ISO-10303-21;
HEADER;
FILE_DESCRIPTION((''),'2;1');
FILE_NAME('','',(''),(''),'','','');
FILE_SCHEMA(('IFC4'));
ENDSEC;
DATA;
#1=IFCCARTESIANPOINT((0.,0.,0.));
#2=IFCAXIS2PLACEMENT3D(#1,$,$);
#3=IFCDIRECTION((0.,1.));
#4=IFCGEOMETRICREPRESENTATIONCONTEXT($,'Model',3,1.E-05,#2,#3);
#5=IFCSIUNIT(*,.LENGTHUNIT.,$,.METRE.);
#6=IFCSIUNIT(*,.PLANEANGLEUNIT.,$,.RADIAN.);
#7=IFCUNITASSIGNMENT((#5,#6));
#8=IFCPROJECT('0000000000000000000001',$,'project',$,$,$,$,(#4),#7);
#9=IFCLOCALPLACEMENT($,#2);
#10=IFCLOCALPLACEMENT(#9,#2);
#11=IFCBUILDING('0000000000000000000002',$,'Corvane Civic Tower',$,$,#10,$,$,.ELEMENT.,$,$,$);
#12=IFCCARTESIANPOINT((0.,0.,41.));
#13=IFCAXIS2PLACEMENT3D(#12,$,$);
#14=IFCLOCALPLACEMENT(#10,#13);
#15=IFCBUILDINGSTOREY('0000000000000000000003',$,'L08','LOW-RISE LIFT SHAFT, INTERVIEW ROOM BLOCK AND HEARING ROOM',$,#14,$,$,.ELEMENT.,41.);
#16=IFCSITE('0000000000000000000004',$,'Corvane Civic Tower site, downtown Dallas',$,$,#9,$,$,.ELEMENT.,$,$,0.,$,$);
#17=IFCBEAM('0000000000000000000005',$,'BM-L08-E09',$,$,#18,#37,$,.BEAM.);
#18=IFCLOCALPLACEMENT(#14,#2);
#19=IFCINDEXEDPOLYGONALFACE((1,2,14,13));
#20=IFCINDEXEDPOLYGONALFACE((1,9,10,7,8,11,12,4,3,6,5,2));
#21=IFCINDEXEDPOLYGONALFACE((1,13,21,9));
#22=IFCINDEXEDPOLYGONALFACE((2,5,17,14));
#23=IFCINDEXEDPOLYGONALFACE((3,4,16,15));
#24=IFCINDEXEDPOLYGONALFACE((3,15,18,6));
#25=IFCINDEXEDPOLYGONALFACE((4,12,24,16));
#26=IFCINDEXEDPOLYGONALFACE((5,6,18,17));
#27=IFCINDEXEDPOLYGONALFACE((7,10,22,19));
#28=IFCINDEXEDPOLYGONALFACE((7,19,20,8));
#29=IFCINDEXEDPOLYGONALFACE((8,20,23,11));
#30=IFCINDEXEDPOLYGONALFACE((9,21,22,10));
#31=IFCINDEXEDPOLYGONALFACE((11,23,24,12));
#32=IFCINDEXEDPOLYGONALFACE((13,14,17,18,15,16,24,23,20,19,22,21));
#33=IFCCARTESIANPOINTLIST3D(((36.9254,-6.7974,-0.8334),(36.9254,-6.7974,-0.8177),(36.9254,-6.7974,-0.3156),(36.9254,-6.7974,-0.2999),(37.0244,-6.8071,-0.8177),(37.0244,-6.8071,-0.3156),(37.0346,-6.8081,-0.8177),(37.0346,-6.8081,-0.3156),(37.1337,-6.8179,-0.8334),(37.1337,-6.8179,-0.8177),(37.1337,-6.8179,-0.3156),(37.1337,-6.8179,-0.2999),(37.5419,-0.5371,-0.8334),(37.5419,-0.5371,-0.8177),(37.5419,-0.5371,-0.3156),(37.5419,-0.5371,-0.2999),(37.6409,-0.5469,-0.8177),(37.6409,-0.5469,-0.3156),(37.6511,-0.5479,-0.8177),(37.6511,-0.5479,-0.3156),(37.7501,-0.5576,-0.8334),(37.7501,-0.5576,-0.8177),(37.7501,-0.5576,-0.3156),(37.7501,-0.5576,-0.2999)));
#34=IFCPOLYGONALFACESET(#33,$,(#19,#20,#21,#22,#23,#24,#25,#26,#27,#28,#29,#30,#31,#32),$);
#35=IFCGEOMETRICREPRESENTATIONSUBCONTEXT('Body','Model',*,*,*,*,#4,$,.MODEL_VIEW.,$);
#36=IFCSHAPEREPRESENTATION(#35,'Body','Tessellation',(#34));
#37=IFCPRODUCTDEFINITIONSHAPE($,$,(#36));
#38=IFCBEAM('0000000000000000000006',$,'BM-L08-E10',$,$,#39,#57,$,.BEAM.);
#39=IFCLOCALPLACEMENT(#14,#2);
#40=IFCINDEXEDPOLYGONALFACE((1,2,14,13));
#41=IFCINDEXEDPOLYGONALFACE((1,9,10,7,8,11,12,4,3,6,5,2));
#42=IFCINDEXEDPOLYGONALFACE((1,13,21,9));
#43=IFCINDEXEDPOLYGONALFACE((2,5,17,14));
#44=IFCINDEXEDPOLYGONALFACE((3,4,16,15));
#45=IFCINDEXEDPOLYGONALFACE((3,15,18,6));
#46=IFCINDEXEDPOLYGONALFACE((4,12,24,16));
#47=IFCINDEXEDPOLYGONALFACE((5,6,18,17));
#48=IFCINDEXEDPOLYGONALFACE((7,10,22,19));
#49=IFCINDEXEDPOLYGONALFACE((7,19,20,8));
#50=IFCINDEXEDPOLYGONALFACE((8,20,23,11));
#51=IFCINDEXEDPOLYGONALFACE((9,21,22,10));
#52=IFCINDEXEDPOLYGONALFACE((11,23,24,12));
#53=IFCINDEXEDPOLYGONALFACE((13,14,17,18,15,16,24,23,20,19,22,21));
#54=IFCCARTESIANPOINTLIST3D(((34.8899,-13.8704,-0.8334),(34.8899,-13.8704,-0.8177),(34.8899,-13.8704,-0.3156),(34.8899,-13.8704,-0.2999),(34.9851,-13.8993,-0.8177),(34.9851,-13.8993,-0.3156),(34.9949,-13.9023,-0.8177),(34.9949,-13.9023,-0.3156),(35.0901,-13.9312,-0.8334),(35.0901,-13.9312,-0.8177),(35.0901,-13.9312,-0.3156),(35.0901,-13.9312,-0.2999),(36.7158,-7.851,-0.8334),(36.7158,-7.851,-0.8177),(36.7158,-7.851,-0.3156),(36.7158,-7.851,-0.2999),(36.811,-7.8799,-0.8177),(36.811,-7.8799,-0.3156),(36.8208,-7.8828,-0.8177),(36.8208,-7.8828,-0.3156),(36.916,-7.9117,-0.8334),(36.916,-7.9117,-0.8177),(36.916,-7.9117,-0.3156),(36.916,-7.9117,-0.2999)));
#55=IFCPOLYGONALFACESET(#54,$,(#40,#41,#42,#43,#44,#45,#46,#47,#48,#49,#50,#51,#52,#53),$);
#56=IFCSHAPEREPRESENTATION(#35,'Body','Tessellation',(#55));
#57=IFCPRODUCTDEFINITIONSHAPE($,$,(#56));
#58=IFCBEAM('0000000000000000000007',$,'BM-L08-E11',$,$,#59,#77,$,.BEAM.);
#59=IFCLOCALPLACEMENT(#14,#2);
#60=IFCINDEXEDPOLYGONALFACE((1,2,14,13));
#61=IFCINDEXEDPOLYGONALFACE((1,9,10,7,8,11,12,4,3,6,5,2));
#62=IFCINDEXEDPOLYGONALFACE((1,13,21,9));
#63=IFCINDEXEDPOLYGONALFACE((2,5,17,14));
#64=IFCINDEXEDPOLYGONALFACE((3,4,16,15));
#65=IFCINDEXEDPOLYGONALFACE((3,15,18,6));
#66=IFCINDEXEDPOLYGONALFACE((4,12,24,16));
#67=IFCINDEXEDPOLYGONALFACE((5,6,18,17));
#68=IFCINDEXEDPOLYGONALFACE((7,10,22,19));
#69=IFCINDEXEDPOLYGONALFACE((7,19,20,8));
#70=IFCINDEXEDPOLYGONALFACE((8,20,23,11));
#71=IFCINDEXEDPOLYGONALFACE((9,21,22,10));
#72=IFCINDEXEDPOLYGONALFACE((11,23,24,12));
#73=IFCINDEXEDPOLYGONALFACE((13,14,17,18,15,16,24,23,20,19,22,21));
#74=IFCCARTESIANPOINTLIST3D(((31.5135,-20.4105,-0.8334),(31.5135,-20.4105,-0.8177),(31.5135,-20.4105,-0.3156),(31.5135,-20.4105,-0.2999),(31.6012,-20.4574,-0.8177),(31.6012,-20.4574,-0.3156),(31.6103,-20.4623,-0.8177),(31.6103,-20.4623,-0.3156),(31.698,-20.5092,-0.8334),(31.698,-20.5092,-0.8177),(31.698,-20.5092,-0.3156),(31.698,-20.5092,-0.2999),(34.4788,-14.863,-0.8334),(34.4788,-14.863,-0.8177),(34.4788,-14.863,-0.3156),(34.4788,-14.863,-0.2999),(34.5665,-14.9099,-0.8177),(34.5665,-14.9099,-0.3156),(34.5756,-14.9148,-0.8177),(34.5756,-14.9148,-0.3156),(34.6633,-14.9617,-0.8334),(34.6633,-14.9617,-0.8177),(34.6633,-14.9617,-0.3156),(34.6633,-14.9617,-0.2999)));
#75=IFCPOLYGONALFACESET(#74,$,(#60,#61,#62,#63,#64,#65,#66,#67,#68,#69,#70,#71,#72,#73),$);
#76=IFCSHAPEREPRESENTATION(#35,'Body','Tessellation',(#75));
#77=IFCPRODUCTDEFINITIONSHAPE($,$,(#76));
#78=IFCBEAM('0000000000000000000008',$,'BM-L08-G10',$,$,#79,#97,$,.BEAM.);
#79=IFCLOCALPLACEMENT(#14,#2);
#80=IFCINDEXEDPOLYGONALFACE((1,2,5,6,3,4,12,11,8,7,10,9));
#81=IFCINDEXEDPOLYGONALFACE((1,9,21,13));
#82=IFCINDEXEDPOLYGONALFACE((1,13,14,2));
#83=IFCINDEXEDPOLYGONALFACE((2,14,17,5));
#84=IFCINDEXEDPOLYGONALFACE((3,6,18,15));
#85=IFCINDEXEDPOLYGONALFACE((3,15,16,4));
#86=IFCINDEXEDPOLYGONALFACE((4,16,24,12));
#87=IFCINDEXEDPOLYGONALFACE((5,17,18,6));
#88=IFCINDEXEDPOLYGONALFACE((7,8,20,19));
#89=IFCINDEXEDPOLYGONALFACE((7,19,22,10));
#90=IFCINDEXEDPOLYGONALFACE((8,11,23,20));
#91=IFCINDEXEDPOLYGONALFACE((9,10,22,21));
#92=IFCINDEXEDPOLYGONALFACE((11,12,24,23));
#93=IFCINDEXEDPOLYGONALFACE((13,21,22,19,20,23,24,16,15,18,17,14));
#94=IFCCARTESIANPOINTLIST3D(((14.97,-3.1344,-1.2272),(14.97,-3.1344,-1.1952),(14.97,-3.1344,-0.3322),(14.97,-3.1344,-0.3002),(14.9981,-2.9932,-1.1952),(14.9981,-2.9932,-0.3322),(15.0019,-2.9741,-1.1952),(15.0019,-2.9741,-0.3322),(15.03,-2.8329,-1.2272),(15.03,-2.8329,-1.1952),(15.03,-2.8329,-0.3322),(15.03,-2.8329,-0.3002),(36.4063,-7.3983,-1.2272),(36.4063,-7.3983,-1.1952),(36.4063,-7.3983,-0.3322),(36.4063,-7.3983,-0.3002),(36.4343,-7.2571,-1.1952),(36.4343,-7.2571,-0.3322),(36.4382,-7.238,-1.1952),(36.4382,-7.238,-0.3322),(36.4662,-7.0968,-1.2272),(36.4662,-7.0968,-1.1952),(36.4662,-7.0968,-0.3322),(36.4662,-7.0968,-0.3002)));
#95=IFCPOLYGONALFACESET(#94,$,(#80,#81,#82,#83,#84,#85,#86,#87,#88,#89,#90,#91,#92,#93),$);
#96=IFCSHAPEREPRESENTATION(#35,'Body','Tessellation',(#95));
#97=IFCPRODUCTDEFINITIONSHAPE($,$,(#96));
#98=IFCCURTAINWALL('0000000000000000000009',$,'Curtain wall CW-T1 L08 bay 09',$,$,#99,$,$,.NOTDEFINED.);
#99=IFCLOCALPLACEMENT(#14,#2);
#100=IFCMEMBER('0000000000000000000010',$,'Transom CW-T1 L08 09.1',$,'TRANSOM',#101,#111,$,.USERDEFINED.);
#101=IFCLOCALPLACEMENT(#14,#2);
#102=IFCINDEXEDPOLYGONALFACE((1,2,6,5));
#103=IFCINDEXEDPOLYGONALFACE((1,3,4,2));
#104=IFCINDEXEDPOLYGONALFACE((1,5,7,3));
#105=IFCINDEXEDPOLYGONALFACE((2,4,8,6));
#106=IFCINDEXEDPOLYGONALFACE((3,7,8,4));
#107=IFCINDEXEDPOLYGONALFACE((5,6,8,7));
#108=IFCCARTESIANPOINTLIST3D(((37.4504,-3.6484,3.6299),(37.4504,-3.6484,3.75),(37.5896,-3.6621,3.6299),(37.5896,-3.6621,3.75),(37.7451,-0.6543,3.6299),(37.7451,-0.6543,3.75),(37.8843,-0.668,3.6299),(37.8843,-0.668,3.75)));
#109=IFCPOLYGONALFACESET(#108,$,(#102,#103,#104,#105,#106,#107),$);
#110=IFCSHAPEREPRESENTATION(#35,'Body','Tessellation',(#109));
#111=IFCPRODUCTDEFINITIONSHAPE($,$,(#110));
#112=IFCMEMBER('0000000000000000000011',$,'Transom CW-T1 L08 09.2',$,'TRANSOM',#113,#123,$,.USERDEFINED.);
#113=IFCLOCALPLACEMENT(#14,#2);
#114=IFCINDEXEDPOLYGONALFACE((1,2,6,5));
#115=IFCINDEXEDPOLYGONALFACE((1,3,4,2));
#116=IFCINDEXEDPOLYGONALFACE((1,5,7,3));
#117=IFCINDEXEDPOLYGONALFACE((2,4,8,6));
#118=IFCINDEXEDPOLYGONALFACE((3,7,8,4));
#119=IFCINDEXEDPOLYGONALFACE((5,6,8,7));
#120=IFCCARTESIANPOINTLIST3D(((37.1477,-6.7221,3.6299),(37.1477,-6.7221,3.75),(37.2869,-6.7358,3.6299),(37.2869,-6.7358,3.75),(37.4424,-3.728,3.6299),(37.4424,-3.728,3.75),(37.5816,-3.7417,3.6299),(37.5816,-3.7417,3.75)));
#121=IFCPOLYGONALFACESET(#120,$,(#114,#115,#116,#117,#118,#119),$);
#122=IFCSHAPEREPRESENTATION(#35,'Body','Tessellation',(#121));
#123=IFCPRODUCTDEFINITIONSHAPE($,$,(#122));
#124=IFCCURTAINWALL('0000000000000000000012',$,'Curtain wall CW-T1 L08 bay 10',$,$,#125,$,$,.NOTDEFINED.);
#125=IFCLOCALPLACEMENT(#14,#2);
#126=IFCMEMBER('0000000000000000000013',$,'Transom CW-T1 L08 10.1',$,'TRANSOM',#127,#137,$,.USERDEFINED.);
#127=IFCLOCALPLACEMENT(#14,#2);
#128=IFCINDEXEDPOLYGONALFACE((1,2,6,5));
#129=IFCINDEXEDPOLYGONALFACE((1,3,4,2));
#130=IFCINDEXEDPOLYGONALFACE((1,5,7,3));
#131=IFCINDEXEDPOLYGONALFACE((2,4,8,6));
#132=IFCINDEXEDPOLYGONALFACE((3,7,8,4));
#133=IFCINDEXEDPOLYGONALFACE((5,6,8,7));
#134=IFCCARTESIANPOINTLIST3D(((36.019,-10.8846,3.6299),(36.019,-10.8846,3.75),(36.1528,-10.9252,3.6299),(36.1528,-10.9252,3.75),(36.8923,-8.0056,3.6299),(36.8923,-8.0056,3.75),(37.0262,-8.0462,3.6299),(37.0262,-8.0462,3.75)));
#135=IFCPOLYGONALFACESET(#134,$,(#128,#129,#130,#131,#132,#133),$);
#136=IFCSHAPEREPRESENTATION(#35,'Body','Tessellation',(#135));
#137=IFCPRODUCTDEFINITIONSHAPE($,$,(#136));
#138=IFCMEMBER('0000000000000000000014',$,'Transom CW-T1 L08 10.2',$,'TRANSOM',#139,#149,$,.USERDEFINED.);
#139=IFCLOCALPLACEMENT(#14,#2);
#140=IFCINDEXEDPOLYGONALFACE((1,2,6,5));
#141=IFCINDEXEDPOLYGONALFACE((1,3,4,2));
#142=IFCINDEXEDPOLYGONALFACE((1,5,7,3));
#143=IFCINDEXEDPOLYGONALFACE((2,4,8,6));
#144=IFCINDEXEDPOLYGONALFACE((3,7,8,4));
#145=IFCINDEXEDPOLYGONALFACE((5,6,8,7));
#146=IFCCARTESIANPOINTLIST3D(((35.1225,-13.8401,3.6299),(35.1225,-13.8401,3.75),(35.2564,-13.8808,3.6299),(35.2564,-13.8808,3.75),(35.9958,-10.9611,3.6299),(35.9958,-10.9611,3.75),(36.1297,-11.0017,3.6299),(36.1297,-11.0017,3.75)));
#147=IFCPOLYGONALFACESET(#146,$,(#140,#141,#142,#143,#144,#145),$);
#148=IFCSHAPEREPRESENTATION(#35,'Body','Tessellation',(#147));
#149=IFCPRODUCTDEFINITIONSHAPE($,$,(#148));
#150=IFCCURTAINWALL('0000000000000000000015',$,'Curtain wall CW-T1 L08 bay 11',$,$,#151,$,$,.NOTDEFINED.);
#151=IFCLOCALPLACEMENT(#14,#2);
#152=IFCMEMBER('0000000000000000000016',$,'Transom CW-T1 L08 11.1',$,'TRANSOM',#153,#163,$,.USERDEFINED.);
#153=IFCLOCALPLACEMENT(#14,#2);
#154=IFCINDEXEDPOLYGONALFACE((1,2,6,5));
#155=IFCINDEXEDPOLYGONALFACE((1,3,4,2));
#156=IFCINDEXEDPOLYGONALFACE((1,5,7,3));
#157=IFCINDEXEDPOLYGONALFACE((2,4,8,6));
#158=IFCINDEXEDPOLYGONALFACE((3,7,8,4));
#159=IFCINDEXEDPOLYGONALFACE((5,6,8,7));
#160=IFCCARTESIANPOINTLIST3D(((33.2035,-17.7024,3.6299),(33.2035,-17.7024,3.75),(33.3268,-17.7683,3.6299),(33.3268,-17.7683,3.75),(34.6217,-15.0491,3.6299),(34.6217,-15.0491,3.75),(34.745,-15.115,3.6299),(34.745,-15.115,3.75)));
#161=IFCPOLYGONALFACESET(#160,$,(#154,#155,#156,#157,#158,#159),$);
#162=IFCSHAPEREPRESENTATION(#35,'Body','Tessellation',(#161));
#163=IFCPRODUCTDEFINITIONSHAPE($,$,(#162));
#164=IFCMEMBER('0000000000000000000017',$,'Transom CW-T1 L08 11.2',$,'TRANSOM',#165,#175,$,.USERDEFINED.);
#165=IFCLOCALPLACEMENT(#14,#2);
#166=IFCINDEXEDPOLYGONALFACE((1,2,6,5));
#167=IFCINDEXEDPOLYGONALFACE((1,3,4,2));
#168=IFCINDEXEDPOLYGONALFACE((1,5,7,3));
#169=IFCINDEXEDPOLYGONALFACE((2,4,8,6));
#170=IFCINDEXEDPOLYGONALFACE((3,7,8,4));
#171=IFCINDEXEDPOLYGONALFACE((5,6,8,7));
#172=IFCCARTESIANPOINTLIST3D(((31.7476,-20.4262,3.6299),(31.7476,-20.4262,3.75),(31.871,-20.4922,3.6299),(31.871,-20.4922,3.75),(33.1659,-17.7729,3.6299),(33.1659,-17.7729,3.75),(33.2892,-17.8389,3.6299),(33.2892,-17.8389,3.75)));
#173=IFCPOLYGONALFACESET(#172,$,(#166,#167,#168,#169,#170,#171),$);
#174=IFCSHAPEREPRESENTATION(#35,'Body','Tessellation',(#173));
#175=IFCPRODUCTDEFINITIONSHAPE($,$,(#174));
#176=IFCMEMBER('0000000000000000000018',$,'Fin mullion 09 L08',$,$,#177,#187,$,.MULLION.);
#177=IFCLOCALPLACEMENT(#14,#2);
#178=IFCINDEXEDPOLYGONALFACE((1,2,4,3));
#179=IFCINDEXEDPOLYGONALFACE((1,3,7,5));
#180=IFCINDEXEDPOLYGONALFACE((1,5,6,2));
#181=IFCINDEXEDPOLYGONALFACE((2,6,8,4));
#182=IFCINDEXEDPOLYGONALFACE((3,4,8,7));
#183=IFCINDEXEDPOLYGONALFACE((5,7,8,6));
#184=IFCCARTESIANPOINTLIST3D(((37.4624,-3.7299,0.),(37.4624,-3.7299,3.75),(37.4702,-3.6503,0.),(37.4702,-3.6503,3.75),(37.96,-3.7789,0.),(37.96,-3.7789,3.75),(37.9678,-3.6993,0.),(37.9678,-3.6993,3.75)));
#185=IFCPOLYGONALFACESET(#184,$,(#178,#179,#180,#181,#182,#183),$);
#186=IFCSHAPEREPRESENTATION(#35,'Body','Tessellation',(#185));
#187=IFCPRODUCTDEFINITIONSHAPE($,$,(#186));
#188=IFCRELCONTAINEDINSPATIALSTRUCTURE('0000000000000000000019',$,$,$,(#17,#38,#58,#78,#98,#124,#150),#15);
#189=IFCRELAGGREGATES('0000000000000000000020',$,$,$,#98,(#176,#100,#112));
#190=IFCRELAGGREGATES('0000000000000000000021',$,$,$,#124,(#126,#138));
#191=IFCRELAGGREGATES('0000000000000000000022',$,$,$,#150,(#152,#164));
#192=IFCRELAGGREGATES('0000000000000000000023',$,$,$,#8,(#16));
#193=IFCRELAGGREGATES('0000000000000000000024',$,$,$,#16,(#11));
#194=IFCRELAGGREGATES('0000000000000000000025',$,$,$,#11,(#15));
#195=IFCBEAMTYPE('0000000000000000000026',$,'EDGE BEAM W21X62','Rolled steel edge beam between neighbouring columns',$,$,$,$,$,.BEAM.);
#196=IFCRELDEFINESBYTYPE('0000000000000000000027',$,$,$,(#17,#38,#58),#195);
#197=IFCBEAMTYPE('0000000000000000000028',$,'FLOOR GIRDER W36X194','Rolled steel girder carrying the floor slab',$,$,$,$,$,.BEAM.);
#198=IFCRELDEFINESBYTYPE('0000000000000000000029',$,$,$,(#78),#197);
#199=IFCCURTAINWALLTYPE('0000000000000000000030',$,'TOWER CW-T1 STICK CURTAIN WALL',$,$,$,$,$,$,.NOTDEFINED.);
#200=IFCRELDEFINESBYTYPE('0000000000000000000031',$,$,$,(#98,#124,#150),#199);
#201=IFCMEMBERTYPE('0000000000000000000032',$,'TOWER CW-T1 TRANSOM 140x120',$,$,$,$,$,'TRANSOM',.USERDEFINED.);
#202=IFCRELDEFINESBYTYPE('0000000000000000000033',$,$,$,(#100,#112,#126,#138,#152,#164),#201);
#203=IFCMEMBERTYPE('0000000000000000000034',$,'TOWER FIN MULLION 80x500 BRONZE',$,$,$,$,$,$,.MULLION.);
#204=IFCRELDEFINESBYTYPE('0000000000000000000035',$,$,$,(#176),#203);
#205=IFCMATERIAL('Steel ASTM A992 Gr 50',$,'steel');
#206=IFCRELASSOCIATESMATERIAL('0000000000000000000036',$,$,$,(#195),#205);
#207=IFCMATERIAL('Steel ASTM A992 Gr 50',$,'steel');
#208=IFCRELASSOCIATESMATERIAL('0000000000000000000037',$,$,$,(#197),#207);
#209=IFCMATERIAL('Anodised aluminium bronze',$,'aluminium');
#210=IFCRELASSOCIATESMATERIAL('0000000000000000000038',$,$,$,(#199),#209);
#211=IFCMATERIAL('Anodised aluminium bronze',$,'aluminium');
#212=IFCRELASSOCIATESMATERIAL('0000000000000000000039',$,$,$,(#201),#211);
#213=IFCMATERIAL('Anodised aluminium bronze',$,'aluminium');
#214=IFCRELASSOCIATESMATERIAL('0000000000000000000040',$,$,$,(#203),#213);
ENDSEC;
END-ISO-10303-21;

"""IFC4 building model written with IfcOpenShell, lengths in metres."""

from ifc_helpers import new_model, si_unit, direction, frame, origin, origin_2d, place, context, subcontext, project, spatial, rectangle, i_section, extrude, material, material_profile, profile_set, type_object, element, aggregate, save


model = new_model("IFC4")

# Units and contexts
model_context = context("Model", 3, precision=1e-05, world=origin(), true_north=direction((0.0, 1.0)))
body_context = subcontext(model_context, "Body", "Model", "MODEL_VIEW")
ifc_project = project(units=[si_unit("LENGTHUNIT", "METRE"), si_unit("PLANEANGLEUNIT", "RADIAN")], contexts=[model_context])

# Site, building, storey
site_placement = place(None, origin())
site = spatial("IfcSite", under=ifc_project, at=site_placement, Name="Corvane Civic Tower site, downtown Dallas", CompositionType="ELEMENT", RefElevation=0.0)
building_placement = place(site_placement, origin())
building = spatial("IfcBuilding", under=site, at=building_placement, Name="Corvane Civic Tower", CompositionType="ELEMENT")
storey_placement = place(building_placement, frame((0.0, 0.0, 41.0)))
storey = spatial("IfcBuildingStorey", under=building, at=storey_placement, Name="L08", Description="LOW-RISE LIFT SHAFT, INTERVIEW ROOM BLOCK AND HEARING ROOM", CompositionType="ELEMENT", Elevation=41.0)

# Beams
ifc_material_1 = material(Name="Steel ASTM A992 Gr 50", Category="steel")
ifc_material_profile_1 = material_profile(ifc_material_1, i_section(OverallWidth=0.2092, OverallDepth=0.5334, WebThickness=0.0103, FlangeThickness=0.0156, at=origin_2d()), Name="W21X62")
ifc_profile_set_1 = profile_set([ifc_material_profile_1], Name="Steel ASTM A992 Gr 50")
beam_type_1 = type_object("IfcBeamType", Name="EDGE BEAM W21X62", Description="Rolled steel edge beam between neighbouring columns", PredefinedType="BEAM", material=ifc_profile_set_1)
beam_1_placement = place(storey_placement, frame((37.646, -0.5474, -0.5667), z_axis=(-0.097997, -0.995187, 0.0), x_axis=(0.995187, -0.097997, 0.0)))
element("IfcBeam", 1, at=beam_1_placement, inside=storey, type_object=beam_type_1, Name="BM-L08-E09", PredefinedType="BEAM", context=body_context, shape_type="SweptSolid", body=[
    extrude(i_section(OverallWidth=0.2092, OverallDepth=0.5334, WebThickness=0.0103, FlangeThickness=0.0156, at=origin_2d()), origin(), (0.0, 0.0, 1.0), 6.2905),
])
for number, where, z_axis, x_axis, name in (
    (2, (36.8159, -7.8813, -0.5667), (-0.290273, -0.956944, 0.0), (0.956944, -0.290273, 0.0), "BM-L08-E10"),
    (3, (34.571, -14.9124, -0.5667), (-0.471406, -0.881916, 0.0), (0.881916, -0.471406, 0.0), "BM-L08-E11"),
):
    element("IfcBeam", number, at=place(storey_placement, frame(where, z_axis=z_axis, x_axis=x_axis)), inside=storey, type_object=beam_type_1, Name=name, PredefinedType="BEAM", context=body_context, shape_type="SweptSolid", body=[
        extrude(i_section(OverallWidth=0.2092, OverallDepth=0.5334, WebThickness=0.0103, FlangeThickness=0.0156, at=origin_2d()), origin(), (0.0, 0.0, 1.0), 6.2903),
    ])
ifc_material_2 = material(Name="Steel ASTM A992 Gr 50", Category="steel")
ifc_material_profile_2 = material_profile(ifc_material_2, i_section(OverallWidth=0.3074, OverallDepth=0.927, WebThickness=0.0195, FlangeThickness=0.032, at=origin_2d()), Name="W36X194")
ifc_profile_set_2 = profile_set([ifc_material_profile_2], Name="Steel ASTM A992 Gr 50")
beam_type_2 = type_object("IfcBeamType", Name="FLOOR GIRDER W36X194", Description="Rolled steel girder carrying the floor slab", PredefinedType="BEAM", material=ifc_profile_set_2)
beam_2_placement = place(storey_placement, frame((15.0, -2.9836, -0.7637), z_axis=(0.980785, -0.195089, 0.0), x_axis=(0.195089, 0.980785, 0.0)))
element("IfcBeam", 4, at=beam_2_placement, inside=storey, type_object=beam_type_2, Name="BM-L08-G10", PredefinedType="BEAM", context=body_context, shape_type="SweptSolid", body=[
    extrude(i_section(OverallWidth=0.3074, OverallDepth=0.927, WebThickness=0.0195, FlangeThickness=0.032, at=origin_2d()), origin(), (0.0, 0.0, 1.0), 21.8562),
])

# Curtain walls, members
ifc_material_3 = material(Name="Anodised aluminium bronze", Category="aluminium")
curtain_wall_type = type_object("IfcCurtainWallType", Name="TOWER CW-T1 STICK CURTAIN WALL", PredefinedType="NOTDEFINED", material=ifc_material_3)
curtain_wall_1_placement = place(storey_placement, origin())
curtain_wall_1 = element("IfcCurtainWall", 5, at=curtain_wall_1_placement, inside=storey, type_object=curtain_wall_type, Name="Curtain wall CW-T1 L08 bay 09", PredefinedType="NOTDEFINED")
ifc_material_4 = material(Name="Anodised aluminium bronze", Category="aluminium")
ifc_material_profile_3 = material_profile(ifc_material_4, rectangle(XDim=0.1399, YDim=0.1201, at=origin_2d()), Name="TOWER CW-T1 TRANSOM 140x120")
ifc_profile_set_3 = profile_set([ifc_material_profile_3], Name="Anodised aluminium bronze")
member_type_1 = type_object("IfcMemberType", Name="TOWER CW-T1 TRANSOM 140x120", ElementType="TRANSOM", PredefinedType="USERDEFINED", material=ifc_profile_set_3)
member_1_placement = place(storey_placement, frame((37.8147, -0.6611, 3.6899), z_axis=(-0.097945, -0.995192, 0.0), x_axis=(0.995192, -0.097945, 0.0)))
member_1 = element("IfcMember", 6, at=member_1_placement, type_object=member_type_1, Name="Transom CW-T1 L08 09.1", ObjectType="TRANSOM", PredefinedType="USERDEFINED", context=body_context, shape_type="SweptSolid", body=[
    extrude(rectangle(XDim=0.1399, YDim=0.1201, at=origin_2d()), origin(), (0.0, 0.0, 1.0), 3.0085),
])
member_2_placement = place(storey_placement, frame((37.512, -3.7349, 3.6899), z_axis=(-0.097945, -0.995192, 0.0), x_axis=(0.995192, -0.097945, 0.0)))
member_2 = element("IfcMember", 7, at=member_2_placement, type_object=member_type_1, Name="Transom CW-T1 L08 09.2", ObjectType="TRANSOM", PredefinedType="USERDEFINED", context=body_context, shape_type="SweptSolid", body=[
    extrude(rectangle(XDim=0.1399, YDim=0.1201, at=origin_2d()), origin(), (0.0, 0.0, 1.0), 3.0085),
])
curtain_wall_2_placement = place(storey_placement, origin())
curtain_wall_2 = element("IfcCurtainWall", 8, at=curtain_wall_2_placement, inside=storey, type_object=curtain_wall_type, Name="Curtain wall CW-T1 L08 bay 10", PredefinedType="NOTDEFINED")
member_3_placement = place(storey_placement, frame((36.9592, -8.0259, 3.6899), z_axis=(-0.29028, -0.956942, 0.0), x_axis=(0.956942, -0.29028, 0.0)))
member_3 = element("IfcMember", 9, at=member_3_placement, type_object=member_type_1, Name="Transom CW-T1 L08 10.1", ObjectType="TRANSOM", PredefinedType="USERDEFINED", context=body_context, shape_type="SweptSolid", body=[
    extrude(rectangle(XDim=0.1399, YDim=0.1201, at=origin_2d()), origin(), (0.0, 0.0, 1.0), 3.0085),
])
member_4_placement = place(storey_placement, frame((36.0627, -10.9814, 3.6899), z_axis=(-0.29028, -0.956942, 0.0), x_axis=(0.956942, -0.29028, 0.0)))
member_4 = element("IfcMember", 10, at=member_4_placement, type_object=member_type_1, Name="Transom CW-T1 L08 10.2", ObjectType="TRANSOM", PredefinedType="USERDEFINED", context=body_context, shape_type="SweptSolid", body=[
    extrude(rectangle(XDim=0.1399, YDim=0.1201, at=origin_2d()), origin(), (0.0, 0.0, 1.0), 3.0085),
])
curtain_wall_3_placement = place(storey_placement, origin())
curtain_wall_3 = element("IfcCurtainWall", 11, at=curtain_wall_3_placement, inside=storey, type_object=curtain_wall_type, Name="Curtain wall CW-T1 L08 bay 11", PredefinedType="NOTDEFINED")
member_5_placement = place(storey_placement, frame((34.6833, -15.082, 3.6899), z_axis=(-0.471393, -0.881924, 0.0), x_axis=(0.881924, -0.471393, 0.0)))
member_5 = element("IfcMember", 12, at=member_5_placement, type_object=member_type_1, Name="Transom CW-T1 L08 11.1", ObjectType="TRANSOM", PredefinedType="USERDEFINED", context=body_context, shape_type="SweptSolid", body=[
    extrude(rectangle(XDim=0.1399, YDim=0.1201, at=origin_2d()), origin(), (0.0, 0.0, 1.0), 3.0085),
])
member_6_placement = place(storey_placement, frame((33.2275, -17.8059, 3.6899), z_axis=(-0.471393, -0.881924, 0.0), x_axis=(0.881924, -0.471393, 0.0)))
member_6 = element("IfcMember", 13, at=member_6_placement, type_object=member_type_1, Name="Transom CW-T1 L08 11.2", ObjectType="TRANSOM", PredefinedType="USERDEFINED", context=body_context, shape_type="SweptSolid", body=[
    extrude(rectangle(XDim=0.1399, YDim=0.1201, at=origin_2d()), origin(), (0.0, 0.0, 1.0), 3.0085),
])

# Member
ifc_material_5 = material(Name="Anodised aluminium bronze", Category="aluminium")
ifc_material_profile_4 = material_profile(ifc_material_5, rectangle(XDim=0.0801, YDim=0.5, at=origin_2d()), Name="TOWER FIN MULLION 80x500 BRONZE")
ifc_profile_set_4 = profile_set([ifc_material_profile_4], Name="Anodised aluminium bronze")
member_type_2 = type_object("IfcMemberType", Name="TOWER FIN MULLION 80x500 BRONZE", PredefinedType="MULLION", material=ifc_profile_set_4)
member_7_placement = place(storey_placement, frame((37.7151, -3.7146, 0.0), z_axis=(0.0, 0.0, 1.0), x_axis=(-0.098006, -0.995186, 0.0)))
member_7 = element("IfcMember", 14, at=member_7_placement, type_object=member_type_2, Name="Fin mullion 09 L08", PredefinedType="MULLION", context=body_context, shape_type="SweptSolid", body=[
    extrude(rectangle(XDim=0.0801, YDim=0.5, at=origin_2d()), origin(), (0.0, 0.0, 1.0), 3.75),
])

aggregate(curtain_wall_1, [member_7, member_1, member_2])
aggregate(curtain_wall_2, [member_3, member_4])
aggregate(curtain_wall_3, [member_5, member_6])

save(model, "model.ifc")
